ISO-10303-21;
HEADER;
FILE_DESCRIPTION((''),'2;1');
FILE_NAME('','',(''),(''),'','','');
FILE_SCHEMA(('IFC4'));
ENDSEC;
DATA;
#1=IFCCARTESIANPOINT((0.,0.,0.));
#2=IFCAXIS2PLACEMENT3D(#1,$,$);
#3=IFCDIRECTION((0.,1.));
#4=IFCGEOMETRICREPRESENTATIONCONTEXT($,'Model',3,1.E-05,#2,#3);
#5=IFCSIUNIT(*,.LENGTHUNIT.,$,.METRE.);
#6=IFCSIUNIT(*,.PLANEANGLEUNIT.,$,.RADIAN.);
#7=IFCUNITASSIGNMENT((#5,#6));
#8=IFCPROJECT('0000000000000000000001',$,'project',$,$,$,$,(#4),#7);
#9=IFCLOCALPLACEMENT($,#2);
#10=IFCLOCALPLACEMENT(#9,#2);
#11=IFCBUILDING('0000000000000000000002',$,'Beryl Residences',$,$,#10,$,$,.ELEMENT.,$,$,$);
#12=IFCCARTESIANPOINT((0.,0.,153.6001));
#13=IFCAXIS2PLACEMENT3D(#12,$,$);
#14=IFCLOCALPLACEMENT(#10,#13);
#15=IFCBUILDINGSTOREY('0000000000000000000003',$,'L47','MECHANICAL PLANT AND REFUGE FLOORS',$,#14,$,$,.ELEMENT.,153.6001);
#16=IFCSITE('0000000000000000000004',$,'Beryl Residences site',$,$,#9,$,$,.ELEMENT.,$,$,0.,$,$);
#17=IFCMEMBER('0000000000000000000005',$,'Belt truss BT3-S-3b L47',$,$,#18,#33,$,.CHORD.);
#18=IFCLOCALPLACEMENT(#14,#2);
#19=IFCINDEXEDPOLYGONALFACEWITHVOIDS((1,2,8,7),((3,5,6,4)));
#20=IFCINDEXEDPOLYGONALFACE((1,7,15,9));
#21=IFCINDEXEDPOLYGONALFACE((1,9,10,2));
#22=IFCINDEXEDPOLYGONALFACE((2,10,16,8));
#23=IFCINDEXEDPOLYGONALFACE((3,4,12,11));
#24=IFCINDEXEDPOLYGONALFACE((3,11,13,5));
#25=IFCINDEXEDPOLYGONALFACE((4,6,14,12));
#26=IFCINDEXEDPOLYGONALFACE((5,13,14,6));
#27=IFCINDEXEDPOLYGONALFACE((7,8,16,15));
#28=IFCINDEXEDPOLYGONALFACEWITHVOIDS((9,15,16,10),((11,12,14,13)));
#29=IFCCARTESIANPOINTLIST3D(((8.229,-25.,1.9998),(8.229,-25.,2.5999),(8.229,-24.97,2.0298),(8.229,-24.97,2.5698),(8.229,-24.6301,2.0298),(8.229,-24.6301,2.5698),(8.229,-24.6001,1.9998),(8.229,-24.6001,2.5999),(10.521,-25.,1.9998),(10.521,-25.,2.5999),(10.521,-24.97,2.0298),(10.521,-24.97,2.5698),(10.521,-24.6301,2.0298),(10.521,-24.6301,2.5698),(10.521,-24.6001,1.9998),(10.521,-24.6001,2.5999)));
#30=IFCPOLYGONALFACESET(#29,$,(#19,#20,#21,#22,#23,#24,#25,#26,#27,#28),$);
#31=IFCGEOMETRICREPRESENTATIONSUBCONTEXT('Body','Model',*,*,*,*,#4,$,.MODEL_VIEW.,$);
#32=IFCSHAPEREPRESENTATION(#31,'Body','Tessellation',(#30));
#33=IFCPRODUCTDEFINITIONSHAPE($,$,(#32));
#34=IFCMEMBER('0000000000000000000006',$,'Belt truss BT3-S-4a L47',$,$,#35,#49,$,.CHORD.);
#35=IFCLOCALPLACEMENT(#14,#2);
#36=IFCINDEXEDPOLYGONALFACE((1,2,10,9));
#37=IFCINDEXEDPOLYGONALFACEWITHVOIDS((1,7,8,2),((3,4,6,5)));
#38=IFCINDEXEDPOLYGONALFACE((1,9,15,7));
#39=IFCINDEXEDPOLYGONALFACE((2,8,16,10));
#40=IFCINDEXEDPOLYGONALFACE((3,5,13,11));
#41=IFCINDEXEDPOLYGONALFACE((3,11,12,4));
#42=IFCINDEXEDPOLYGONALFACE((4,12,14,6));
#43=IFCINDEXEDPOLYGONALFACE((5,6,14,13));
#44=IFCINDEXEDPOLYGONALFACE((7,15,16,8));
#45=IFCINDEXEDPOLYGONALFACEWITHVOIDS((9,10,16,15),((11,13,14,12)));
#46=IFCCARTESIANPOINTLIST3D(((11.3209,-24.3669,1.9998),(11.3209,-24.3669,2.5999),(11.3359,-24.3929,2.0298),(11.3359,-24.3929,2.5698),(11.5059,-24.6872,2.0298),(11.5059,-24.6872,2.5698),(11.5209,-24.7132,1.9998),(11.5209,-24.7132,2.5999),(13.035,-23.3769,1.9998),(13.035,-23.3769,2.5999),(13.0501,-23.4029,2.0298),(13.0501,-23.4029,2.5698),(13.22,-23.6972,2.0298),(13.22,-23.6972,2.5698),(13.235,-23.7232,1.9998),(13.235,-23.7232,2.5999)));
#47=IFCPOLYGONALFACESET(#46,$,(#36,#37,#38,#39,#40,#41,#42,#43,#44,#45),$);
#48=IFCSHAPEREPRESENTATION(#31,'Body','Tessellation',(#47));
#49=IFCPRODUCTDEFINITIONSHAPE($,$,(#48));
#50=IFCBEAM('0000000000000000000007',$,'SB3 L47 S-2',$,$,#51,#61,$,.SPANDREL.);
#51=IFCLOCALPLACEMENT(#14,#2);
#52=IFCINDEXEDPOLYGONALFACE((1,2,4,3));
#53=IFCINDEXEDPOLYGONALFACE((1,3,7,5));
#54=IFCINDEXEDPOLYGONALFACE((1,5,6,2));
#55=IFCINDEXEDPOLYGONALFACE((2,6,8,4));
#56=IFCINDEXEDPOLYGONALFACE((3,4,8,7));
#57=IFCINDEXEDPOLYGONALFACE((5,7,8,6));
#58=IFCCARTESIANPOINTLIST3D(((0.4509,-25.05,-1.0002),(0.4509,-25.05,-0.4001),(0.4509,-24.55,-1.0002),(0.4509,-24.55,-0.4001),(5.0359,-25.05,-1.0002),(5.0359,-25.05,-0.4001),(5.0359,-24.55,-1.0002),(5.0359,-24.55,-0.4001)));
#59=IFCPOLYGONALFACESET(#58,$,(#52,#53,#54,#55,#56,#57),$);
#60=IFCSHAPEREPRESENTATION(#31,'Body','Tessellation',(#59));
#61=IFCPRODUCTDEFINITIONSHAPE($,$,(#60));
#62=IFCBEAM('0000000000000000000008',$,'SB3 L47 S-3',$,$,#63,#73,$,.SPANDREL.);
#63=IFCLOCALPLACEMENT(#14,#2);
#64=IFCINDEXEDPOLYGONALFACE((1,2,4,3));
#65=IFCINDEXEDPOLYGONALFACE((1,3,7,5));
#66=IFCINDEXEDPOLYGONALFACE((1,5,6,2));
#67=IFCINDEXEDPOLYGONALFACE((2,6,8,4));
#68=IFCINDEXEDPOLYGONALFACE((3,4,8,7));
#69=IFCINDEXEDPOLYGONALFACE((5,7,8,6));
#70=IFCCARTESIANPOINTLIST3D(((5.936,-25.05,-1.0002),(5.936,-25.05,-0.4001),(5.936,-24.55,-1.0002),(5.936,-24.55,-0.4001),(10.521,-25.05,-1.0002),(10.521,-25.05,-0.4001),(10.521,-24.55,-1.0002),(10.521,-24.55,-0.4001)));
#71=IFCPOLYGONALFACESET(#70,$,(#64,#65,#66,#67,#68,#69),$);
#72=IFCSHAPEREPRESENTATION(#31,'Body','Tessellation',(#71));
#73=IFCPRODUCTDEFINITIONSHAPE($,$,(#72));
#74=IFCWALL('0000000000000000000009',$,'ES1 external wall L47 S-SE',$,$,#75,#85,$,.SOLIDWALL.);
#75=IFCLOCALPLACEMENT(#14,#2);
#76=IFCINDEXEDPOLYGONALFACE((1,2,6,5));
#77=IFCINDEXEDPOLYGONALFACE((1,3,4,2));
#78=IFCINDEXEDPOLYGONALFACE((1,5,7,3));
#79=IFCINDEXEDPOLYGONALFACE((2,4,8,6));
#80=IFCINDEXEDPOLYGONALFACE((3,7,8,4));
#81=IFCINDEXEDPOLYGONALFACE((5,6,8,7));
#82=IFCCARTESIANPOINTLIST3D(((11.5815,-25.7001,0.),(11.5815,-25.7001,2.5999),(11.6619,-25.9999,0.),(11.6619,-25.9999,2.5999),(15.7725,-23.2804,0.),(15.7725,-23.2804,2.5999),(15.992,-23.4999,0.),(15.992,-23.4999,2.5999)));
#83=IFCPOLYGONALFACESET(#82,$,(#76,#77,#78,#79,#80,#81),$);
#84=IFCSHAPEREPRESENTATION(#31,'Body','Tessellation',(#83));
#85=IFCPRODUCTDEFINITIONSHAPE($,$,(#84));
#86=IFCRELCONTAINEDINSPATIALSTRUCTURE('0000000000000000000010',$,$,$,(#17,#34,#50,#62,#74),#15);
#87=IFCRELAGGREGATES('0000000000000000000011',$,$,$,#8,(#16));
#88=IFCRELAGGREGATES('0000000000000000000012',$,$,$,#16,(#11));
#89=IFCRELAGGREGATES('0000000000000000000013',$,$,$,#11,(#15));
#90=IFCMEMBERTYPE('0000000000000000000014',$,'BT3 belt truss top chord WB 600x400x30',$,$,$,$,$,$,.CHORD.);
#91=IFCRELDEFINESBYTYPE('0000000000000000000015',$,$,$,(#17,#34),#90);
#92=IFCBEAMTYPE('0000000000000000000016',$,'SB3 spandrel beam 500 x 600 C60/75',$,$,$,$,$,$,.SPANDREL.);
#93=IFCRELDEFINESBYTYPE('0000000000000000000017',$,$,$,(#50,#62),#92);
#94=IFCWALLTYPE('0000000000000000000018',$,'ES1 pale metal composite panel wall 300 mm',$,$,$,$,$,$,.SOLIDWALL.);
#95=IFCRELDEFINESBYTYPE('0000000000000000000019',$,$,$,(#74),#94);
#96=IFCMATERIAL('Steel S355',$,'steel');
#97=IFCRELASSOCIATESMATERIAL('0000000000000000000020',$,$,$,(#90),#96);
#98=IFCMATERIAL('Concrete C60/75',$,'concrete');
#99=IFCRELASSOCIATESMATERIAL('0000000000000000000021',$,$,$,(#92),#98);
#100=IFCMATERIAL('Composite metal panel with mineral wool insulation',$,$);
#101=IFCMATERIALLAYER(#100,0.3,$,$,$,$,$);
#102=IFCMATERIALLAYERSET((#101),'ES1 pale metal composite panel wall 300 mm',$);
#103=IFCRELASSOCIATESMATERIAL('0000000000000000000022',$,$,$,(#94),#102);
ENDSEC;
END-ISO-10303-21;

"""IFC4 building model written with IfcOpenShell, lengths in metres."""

from ifc_helpers import new_model, si_unit, direction, frame, origin, origin_2d, place, context, subcontext, project, spatial, polyline, rectangle, hollow_rectangle, outline, extrude, material, layer, layer_set, material_profile, profile_set, type_object, element, save


model = new_model("IFC4")

# Units and contexts
model_context = context("Model", 3, precision=1e-05, world=origin(), true_north=direction((0.0, 1.0)))
body_context = subcontext(model_context, "Body", "Model", "MODEL_VIEW")
ifc_project = project(units=[si_unit("LENGTHUNIT", "METRE"), si_unit("PLANEANGLEUNIT", "RADIAN")], contexts=[model_context])

# Site, building, storey
site_placement = place(None, origin())
site = spatial("IfcSite", under=ifc_project, at=site_placement, Name="Beryl Residences site", CompositionType="ELEMENT", RefElevation=0.0)
building_placement = place(site_placement, origin())
building = spatial("IfcBuilding", under=site, at=building_placement, Name="Beryl Residences", CompositionType="ELEMENT")
storey_placement = place(building_placement, frame((0.0, 0.0, 153.6001)))
storey = spatial("IfcBuildingStorey", under=building, at=storey_placement, Name="L47", Description="MECHANICAL PLANT AND REFUGE FLOORS", CompositionType="ELEMENT", Elevation=153.6001)

# Members
ifc_material_1 = material(Name="Steel S355", Category="steel")
ifc_material_profile_1 = material_profile(ifc_material_1, hollow_rectangle(XDim=0.3999, YDim=0.6001, WallThickness=0.03, at=origin_2d()))
ifc_profile_set_1 = profile_set([ifc_material_profile_1], Name="Steel S355")
member_type_1 = type_object("IfcMemberType", Name="BT3 belt truss top chord WB 600x400x30", PredefinedType="CHORD", material=ifc_profile_set_1)
member_1_placement = place(storey_placement, frame((8.229, -24.8, 2.2998), z_axis=(1.0, 0.0, 0.0), x_axis=(0.0, 1.0, 0.0)))
element("IfcMember", 1, at=member_1_placement, inside=storey, type_object=member_type_1, Name="Belt truss BT3-S-3b L47", PredefinedType="CHORD", context=body_context, shape_type="SweptSolid", body=[
    extrude(hollow_rectangle(XDim=0.3999, YDim=0.6001, WallThickness=0.03, at=origin_2d()), origin(), (0.0, 0.0, 1.0), 2.292),
])
member_2_placement = place(storey_placement, frame((11.4209, -24.54, 2.2998), z_axis=(0.865949, 0.500132, 0.0), x_axis=(-0.500132, 0.865949, 0.0)))
element("IfcMember", 2, at=member_2_placement, inside=storey, type_object=member_type_1, Name="Belt truss BT3-S-4a L47", PredefinedType="CHORD", context=body_context, shape_type="SweptSolid", body=[
    extrude(hollow_rectangle(XDim=0.3999, YDim=0.6001, WallThickness=0.03, at=origin_2d()), origin(), (0.0, 0.0, 1.0), 1.9795),
])

# Beams
ifc_material_2 = material(Name="Concrete C60/75", Category="concrete")
ifc_material_profile_2 = material_profile(ifc_material_2, rectangle(XDim=0.5, YDim=0.6001, at=origin_2d()))
ifc_profile_set_2 = profile_set([ifc_material_profile_2], Name="Concrete C60/75")
beam_type = type_object("IfcBeamType", Name="SB3 spandrel beam 500 x 600 C60/75", PredefinedType="SPANDREL", material=ifc_profile_set_2)
for number, where, z_axis, x_axis, name in (
    (3, (0.4509, -24.8, -0.7002), (1.0, 0.0, 0.0), (0.0, 1.0, 0.0), "SB3 L47 S-2"),
    (4, (5.936, -24.8, -0.7002), (1.0, 0.0, 0.0), (0.0, 1.0, 0.0), "SB3 L47 S-3"),
):
    element("IfcBeam", number, at=place(storey_placement, frame(where, z_axis=z_axis, x_axis=x_axis)), inside=storey, type_object=beam_type, Name=name, PredefinedType="SPANDREL", context=body_context, shape_type="SweptSolid", body=[
        extrude(rectangle(XDim=0.5, YDim=0.6001, at=origin_2d()), origin(), (0.0, 0.0, 1.0), 4.585),
    ])

# Wall
ifc_material_3 = material(Name="Composite metal panel with mineral wool insulation")
ifc_layer = layer(ifc_material_3, 0.3)
ifc_layer_set = layer_set([ifc_layer], Name="ES1 pale metal composite panel wall 300 mm")
wall_type = type_object("IfcWallType", Name="ES1 pale metal composite panel wall 300 mm", PredefinedType="SOLIDWALL", material=ifc_layer_set)
wall_placement = place(storey_placement, frame((11.5869, -25.8701, 0.0), z_axis=(0.0, 0.0, 1.0), x_axis=(0.866023, 0.500004, 0.0)))
element("IfcWall", 5, at=wall_placement, inside=storey, type_object=wall_type, Name="ES1 external wall L47 S-SE", PredefinedType="SOLIDWALL", context=body_context, shape_type="SweptSolid", body=[
    extrude(outline(polyline([(0.0, -0.1499), (5.0, -0.1499), (4.9197, 0.1499), (0.0803, 0.1499), (0.0, -0.1499)])), origin(), (0.0, 0.0, 1.0), 2.5999),
])

save(model, "model.ifc")
